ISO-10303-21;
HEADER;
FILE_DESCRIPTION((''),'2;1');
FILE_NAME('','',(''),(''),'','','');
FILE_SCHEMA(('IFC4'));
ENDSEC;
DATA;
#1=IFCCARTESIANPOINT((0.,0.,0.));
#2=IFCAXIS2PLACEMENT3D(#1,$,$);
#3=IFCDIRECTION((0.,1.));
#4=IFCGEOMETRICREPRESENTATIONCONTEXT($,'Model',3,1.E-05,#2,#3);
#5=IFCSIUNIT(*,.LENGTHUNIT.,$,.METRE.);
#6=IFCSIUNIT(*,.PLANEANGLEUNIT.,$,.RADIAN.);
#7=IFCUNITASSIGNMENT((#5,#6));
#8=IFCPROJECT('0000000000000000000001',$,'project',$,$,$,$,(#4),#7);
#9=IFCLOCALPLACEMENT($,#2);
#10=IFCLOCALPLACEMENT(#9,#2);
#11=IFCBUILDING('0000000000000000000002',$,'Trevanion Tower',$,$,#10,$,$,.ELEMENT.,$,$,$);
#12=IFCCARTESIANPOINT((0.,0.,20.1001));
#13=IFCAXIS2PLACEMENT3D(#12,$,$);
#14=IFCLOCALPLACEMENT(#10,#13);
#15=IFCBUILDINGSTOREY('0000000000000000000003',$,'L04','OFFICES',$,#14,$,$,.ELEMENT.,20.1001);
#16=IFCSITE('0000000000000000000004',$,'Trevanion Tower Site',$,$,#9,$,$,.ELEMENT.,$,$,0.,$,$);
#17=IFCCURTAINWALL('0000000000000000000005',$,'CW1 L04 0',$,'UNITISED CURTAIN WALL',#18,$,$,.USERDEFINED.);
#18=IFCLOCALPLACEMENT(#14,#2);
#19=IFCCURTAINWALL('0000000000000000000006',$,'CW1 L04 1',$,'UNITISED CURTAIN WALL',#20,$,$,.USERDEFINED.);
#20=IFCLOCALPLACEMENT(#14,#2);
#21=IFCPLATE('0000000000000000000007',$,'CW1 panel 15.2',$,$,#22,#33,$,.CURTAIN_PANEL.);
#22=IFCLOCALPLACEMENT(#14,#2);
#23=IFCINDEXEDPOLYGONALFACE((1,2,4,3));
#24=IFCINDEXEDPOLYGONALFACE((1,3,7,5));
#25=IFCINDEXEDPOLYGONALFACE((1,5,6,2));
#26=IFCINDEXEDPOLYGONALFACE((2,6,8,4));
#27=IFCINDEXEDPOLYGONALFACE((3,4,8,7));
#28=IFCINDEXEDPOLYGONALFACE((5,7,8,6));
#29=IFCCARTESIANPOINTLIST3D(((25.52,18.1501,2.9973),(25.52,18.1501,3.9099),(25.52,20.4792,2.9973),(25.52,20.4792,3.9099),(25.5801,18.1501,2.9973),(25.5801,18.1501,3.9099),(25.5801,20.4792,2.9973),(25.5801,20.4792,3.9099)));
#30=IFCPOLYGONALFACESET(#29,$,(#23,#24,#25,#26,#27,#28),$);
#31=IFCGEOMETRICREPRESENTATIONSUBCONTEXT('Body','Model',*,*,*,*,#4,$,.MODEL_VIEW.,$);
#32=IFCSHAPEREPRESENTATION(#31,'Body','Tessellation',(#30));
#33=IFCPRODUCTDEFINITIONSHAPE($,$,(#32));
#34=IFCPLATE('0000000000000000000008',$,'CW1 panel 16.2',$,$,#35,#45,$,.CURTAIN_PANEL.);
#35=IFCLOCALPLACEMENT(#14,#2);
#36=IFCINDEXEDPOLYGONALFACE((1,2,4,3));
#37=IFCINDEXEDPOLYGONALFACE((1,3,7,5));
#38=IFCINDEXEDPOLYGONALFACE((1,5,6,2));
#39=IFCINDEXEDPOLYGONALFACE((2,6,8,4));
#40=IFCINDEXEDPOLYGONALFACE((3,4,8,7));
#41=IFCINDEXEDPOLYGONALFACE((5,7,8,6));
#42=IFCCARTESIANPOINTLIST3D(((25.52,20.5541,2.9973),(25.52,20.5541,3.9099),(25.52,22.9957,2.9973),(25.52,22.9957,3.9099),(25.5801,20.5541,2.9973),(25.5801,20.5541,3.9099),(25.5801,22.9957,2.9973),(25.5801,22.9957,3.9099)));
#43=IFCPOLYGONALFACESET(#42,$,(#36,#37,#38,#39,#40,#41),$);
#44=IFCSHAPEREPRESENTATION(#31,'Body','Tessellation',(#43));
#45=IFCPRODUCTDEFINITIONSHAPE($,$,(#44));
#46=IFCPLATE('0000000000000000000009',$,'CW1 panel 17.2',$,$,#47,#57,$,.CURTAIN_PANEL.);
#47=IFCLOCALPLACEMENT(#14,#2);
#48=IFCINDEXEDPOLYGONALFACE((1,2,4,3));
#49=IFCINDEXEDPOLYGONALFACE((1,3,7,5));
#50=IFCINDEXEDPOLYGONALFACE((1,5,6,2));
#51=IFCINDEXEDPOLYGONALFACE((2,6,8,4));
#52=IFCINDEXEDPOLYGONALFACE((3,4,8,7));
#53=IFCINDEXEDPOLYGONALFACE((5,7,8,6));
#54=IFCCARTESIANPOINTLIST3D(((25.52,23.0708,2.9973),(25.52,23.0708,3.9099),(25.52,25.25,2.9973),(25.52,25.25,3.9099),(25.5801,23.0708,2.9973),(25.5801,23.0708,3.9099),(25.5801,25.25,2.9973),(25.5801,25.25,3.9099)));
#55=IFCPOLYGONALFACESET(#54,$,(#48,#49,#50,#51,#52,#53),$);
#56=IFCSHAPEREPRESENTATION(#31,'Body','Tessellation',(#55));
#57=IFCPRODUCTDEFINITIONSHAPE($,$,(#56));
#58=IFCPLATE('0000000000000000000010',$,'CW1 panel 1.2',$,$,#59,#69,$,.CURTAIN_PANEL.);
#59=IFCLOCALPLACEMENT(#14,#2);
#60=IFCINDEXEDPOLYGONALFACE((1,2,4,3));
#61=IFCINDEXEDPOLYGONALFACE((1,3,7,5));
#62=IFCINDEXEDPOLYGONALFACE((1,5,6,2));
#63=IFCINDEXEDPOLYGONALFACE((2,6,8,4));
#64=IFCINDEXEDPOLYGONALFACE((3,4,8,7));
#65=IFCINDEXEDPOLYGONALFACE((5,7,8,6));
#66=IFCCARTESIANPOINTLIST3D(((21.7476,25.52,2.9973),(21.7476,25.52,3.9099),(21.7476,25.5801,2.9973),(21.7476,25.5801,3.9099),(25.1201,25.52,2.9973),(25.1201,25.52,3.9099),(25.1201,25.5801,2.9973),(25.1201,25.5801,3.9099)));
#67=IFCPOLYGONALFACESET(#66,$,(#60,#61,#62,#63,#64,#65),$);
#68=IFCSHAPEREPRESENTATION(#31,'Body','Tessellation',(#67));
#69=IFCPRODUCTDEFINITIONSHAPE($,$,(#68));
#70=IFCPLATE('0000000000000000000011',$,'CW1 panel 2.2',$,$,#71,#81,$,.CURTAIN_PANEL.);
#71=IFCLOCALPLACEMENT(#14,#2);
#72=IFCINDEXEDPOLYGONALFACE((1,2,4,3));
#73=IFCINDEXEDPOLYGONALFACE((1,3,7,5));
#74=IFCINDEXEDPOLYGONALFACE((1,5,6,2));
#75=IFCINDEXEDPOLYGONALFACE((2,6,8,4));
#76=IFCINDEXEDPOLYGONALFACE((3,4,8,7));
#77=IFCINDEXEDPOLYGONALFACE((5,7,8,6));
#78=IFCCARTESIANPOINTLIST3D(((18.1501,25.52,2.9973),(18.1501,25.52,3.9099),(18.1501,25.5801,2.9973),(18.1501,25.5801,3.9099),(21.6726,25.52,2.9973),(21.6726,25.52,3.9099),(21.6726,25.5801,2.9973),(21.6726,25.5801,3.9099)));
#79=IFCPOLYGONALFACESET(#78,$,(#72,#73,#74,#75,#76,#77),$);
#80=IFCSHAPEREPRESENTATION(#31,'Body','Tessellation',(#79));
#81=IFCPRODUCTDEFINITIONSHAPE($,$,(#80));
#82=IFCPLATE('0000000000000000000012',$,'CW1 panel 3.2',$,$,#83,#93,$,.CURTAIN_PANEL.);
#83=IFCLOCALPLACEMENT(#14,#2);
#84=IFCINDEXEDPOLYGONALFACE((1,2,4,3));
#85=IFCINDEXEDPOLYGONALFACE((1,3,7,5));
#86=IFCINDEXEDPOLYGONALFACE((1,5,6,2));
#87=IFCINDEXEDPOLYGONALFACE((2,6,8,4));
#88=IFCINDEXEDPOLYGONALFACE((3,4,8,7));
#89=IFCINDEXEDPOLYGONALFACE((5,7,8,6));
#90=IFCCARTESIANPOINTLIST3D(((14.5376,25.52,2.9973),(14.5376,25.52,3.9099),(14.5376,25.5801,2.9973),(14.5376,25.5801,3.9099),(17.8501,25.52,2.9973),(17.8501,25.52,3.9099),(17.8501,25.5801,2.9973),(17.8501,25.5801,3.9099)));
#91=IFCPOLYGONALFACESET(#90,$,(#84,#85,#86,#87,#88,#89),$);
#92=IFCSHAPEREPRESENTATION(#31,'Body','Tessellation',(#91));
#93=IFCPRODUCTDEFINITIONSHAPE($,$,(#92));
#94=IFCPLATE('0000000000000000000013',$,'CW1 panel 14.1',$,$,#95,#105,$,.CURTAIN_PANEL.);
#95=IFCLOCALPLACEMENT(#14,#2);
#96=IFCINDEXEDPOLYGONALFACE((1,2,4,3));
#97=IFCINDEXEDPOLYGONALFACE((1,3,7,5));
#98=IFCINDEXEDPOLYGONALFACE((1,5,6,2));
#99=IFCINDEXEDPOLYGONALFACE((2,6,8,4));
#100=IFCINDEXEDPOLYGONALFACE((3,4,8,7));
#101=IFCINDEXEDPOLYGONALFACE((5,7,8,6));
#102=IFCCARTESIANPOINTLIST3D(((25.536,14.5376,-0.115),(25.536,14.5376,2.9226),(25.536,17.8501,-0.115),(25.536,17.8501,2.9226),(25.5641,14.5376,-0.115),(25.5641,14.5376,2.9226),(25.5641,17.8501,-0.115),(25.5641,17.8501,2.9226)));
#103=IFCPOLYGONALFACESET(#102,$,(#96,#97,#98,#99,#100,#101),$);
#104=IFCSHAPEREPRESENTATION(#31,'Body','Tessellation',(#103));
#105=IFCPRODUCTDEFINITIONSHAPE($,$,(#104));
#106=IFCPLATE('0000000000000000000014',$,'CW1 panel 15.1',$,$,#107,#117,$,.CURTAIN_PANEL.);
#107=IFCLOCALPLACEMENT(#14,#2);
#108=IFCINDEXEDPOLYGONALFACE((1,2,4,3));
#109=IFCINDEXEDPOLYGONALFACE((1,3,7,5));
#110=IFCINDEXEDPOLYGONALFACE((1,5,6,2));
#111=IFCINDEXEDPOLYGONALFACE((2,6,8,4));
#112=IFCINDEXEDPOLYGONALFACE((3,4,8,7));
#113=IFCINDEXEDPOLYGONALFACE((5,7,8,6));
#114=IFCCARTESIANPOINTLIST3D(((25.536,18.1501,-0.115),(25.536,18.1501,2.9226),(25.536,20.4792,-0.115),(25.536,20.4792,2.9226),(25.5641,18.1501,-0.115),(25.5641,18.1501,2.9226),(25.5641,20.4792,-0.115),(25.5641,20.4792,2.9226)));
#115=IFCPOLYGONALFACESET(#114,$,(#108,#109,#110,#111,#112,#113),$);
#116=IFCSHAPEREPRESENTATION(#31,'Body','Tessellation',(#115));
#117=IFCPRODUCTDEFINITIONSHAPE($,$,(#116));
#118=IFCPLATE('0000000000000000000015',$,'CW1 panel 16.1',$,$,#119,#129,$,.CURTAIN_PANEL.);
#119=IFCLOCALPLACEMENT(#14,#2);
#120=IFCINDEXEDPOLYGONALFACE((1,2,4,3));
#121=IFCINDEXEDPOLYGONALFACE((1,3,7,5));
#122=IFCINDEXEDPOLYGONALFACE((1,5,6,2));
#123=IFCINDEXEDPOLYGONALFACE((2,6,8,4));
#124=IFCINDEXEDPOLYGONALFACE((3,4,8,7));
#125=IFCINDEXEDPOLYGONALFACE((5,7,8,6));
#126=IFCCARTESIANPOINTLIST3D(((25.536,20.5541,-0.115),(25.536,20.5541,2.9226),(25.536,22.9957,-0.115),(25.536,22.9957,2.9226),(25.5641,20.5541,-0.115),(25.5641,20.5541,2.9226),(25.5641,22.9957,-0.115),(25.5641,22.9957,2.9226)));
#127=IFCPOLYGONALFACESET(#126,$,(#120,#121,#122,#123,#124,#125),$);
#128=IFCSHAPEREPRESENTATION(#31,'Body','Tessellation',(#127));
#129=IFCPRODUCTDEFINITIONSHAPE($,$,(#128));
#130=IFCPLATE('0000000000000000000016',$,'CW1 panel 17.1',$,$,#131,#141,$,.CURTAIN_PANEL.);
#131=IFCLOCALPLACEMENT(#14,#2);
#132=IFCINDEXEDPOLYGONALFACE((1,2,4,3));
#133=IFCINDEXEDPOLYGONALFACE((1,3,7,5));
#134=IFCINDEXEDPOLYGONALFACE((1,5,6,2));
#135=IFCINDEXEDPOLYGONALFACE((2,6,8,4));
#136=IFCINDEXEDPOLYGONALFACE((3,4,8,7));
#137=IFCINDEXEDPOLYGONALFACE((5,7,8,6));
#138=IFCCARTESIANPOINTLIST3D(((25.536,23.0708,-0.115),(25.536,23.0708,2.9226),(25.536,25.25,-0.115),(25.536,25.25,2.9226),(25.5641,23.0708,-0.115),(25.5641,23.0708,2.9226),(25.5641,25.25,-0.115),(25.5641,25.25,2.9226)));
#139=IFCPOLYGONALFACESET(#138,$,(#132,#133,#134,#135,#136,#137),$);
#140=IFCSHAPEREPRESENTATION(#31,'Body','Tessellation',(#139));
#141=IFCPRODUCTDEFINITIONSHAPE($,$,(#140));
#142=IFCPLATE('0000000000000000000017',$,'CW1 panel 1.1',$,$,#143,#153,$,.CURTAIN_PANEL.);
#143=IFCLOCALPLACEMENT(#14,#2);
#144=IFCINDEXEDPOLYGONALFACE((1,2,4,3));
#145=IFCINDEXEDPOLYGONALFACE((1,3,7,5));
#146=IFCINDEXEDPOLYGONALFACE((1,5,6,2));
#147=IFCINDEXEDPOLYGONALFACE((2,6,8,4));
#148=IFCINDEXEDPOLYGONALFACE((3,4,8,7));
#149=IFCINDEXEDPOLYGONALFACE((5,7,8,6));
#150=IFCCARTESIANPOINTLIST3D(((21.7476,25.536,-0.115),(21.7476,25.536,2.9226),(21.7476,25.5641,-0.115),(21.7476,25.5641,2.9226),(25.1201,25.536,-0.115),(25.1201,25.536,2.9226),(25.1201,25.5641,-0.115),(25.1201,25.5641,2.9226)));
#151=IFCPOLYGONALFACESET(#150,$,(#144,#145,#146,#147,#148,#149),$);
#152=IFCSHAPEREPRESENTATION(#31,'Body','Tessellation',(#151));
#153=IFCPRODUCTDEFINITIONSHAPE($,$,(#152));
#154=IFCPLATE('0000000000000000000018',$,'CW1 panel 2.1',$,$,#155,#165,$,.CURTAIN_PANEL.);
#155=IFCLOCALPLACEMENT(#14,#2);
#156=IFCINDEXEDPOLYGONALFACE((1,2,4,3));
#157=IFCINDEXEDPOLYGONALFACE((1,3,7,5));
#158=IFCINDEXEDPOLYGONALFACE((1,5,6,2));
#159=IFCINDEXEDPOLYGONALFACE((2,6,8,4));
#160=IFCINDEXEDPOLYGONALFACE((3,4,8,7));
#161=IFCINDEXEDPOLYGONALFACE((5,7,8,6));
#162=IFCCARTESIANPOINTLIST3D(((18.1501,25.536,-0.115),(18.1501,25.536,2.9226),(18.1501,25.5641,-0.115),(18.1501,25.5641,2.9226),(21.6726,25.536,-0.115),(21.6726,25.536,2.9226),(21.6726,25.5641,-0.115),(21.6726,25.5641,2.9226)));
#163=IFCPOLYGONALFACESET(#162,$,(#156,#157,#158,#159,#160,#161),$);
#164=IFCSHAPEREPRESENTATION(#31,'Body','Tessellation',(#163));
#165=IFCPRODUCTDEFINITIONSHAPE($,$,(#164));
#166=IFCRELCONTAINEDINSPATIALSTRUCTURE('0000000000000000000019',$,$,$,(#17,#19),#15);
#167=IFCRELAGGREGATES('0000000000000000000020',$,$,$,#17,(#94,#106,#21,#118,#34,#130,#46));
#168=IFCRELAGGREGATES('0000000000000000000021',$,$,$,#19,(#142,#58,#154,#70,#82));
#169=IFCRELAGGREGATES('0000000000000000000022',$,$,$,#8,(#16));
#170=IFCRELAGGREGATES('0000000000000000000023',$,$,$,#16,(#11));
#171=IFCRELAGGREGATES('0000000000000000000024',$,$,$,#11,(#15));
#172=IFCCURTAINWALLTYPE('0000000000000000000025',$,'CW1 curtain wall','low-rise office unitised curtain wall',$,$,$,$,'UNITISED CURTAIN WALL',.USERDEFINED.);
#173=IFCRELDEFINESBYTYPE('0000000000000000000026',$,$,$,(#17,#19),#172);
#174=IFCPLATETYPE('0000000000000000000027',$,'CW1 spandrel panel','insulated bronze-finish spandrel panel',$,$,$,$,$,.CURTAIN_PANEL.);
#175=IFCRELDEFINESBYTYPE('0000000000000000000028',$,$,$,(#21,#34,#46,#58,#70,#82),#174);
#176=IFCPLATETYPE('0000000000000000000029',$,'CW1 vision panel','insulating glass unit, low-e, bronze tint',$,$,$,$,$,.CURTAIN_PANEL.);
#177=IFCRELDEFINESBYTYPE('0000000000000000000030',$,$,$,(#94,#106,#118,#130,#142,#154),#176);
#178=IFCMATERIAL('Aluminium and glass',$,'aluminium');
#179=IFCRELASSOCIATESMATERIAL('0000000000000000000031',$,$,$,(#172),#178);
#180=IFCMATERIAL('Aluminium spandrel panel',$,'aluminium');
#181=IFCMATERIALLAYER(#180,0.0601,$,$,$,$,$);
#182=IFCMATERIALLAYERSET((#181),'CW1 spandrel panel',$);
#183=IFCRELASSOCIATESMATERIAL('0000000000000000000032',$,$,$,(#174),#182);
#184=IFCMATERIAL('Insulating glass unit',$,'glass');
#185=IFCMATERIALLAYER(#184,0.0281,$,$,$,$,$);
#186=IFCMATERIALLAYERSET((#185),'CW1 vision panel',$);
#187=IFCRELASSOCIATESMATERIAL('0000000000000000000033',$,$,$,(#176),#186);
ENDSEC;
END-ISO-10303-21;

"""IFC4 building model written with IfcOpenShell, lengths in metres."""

from ifc_helpers import new_model, si_unit, direction, frame, origin, origin_2d, place, context, subcontext, project, spatial, rectangle, extrude, material, layer, layer_set, type_object, element, aggregate, save


model = new_model("IFC4")

# Units and contexts
model_context = context("Model", 3, precision=1e-05, world=origin(), true_north=direction((0.0, 1.0)))
body_context = subcontext(model_context, "Body", "Model", "MODEL_VIEW")
ifc_project = project(units=[si_unit("LENGTHUNIT", "METRE"), si_unit("PLANEANGLEUNIT", "RADIAN")], contexts=[model_context])

# Site, building, storey
site_placement = place(None, origin())
site = spatial("IfcSite", under=ifc_project, at=site_placement, Name="Trevanion Tower Site", CompositionType="ELEMENT", RefElevation=0.0)
building_placement = place(site_placement, origin())
building = spatial("IfcBuilding", under=site, at=building_placement, Name="Trevanion Tower", CompositionType="ELEMENT")
storey_placement = place(building_placement, frame((0.0, 0.0, 20.1001)))
storey = spatial("IfcBuildingStorey", under=building, at=storey_placement, Name="L04", Description="OFFICES", CompositionType="ELEMENT", Elevation=20.1001)

# Curtain wall
ifc_material_1 = material(Name="Aluminium and glass", Category="aluminium")
curtain_wall_type = type_object("IfcCurtainWallType", Name="CW1 curtain wall", Description="low-rise office unitised curtain wall", ElementType="UNITISED CURTAIN WALL", PredefinedType="USERDEFINED", material=ifc_material_1)
curtain_wall_1_placement = place(storey_placement, origin())
curtain_wall_1 = element("IfcCurtainWall", 1, at=curtain_wall_1_placement, inside=storey, type_object=curtain_wall_type, Name="CW1 L04 0", ObjectType="UNITISED CURTAIN WALL", PredefinedType="USERDEFINED")

# Curtain wall
curtain_wall_2_placement = place(storey_placement, origin())
curtain_wall_2 = element("IfcCurtainWall", 2, at=curtain_wall_2_placement, inside=storey, type_object=curtain_wall_type, Name="CW1 L04 1", ObjectType="UNITISED CURTAIN WALL", PredefinedType="USERDEFINED")

# Plates
ifc_material_2 = material(Name="Aluminium spandrel panel", Category="aluminium")
ifc_layer_1 = layer(ifc_material_2, 0.0601)
ifc_layer_set_1 = layer_set([ifc_layer_1], Name="CW1 spandrel panel")
plate_type_1 = type_object("IfcPlateType", Name="CW1 spandrel panel", Description="insulated bronze-finish spandrel panel", PredefinedType="CURTAIN_PANEL", material=ifc_layer_set_1)
plate_1_placement = place(storey_placement, frame((25.55, 19.3147, 2.9973), z_axis=(0.0, 0.0, 1.0), x_axis=(0.0, 1.0, 0.0)))
plate_1 = element("IfcPlate", 3, at=plate_1_placement, type_object=plate_type_1, Name="CW1 panel 15.2", PredefinedType="CURTAIN_PANEL", context=body_context, shape_type="SweptSolid", body=[
    extrude(rectangle(XDim=2.3291, YDim=0.0601, at=origin_2d()), origin(), (0.0, 0.0, 1.0), 0.9126),
])
plate_2_placement = place(storey_placement, frame((25.55, 21.7749, 2.9973), z_axis=(0.0, 0.0, 1.0), x_axis=(0.0, 1.0, 0.0)))
plate_2 = element("IfcPlate", 4, at=plate_2_placement, type_object=plate_type_1, Name="CW1 panel 16.2", PredefinedType="CURTAIN_PANEL", context=body_context, shape_type="SweptSolid", body=[
    extrude(rectangle(XDim=2.4417, YDim=0.0601, at=origin_2d()), origin(), (0.0, 0.0, 1.0), 0.9126),
])
plate_3_placement = place(storey_placement, frame((25.55, 24.1604, 2.9973), z_axis=(0.0, 0.0, 1.0), x_axis=(0.0, 1.0, 0.0)))
plate_3 = element("IfcPlate", 5, at=plate_3_placement, type_object=plate_type_1, Name="CW1 panel 17.2", PredefinedType="CURTAIN_PANEL", context=body_context, shape_type="SweptSolid", body=[
    extrude(rectangle(XDim=2.1792, YDim=0.0601, at=origin_2d()), origin(), (0.0, 0.0, 1.0), 0.9126),
])
plate_4_placement = place(storey_placement, frame((23.4338, 25.55, 2.9973), z_axis=(0.0, 0.0, 1.0), x_axis=(-1.0, 0.0, 0.0)))
plate_4 = element("IfcPlate", 6, at=plate_4_placement, type_object=plate_type_1, Name="CW1 panel 1.2", PredefinedType="CURTAIN_PANEL", context=body_context, shape_type="SweptSolid", body=[
    extrude(rectangle(XDim=3.3726, YDim=0.0601, at=origin_2d()), origin(), (0.0, 0.0, 1.0), 0.9126),
])
plate_5_placement = place(storey_placement, frame((19.9114, 25.55, 2.9973), z_axis=(0.0, 0.0, 1.0), x_axis=(-1.0, 0.0, 0.0)))
plate_5 = element("IfcPlate", 7, at=plate_5_placement, type_object=plate_type_1, Name="CW1 panel 2.2", PredefinedType="CURTAIN_PANEL", context=body_context, shape_type="SweptSolid", body=[
    extrude(rectangle(XDim=3.5225, YDim=0.0601, at=origin_2d()), origin(), (0.0, 0.0, 1.0), 0.9126),
])
plate_6_placement = place(storey_placement, frame((16.1938, 25.55, 2.9973), z_axis=(0.0, 0.0, 1.0), x_axis=(-1.0, 0.0, 0.0)))
plate_6 = element("IfcPlate", 8, at=plate_6_placement, type_object=plate_type_1, Name="CW1 panel 3.2", PredefinedType="CURTAIN_PANEL", context=body_context, shape_type="SweptSolid", body=[
    extrude(rectangle(XDim=3.3125, YDim=0.0601, at=origin_2d()), origin(), (0.0, 0.0, 1.0), 0.9126),
])
ifc_material_3 = material(Name="Insulating glass unit", Category="glass")
ifc_layer_2 = layer(ifc_material_3, 0.0281)
ifc_layer_set_2 = layer_set([ifc_layer_2], Name="CW1 vision panel")
plate_type_2 = type_object("IfcPlateType", Name="CW1 vision panel", Description="insulating glass unit, low-e, bronze tint", PredefinedType="CURTAIN_PANEL", material=ifc_layer_set_2)
plate_7_placement = place(storey_placement, frame((25.55, 16.1938, -0.115), z_axis=(0.0, 0.0, 1.0), x_axis=(0.0, 1.0, 0.0)))
plate_7 = element("IfcPlate", 9, at=plate_7_placement, type_object=plate_type_2, Name="CW1 panel 14.1", PredefinedType="CURTAIN_PANEL", context=body_context, shape_type="SweptSolid", body=[
    extrude(rectangle(XDim=3.3125, YDim=0.0281, at=origin_2d()), origin(), (0.0, 0.0, 1.0), 3.0376),
])
plate_8_placement = place(storey_placement, frame((25.55, 19.3147, -0.115), z_axis=(0.0, 0.0, 1.0), x_axis=(0.0, 1.0, 0.0)))
plate_8 = element("IfcPlate", 10, at=plate_8_placement, type_object=plate_type_2, Name="CW1 panel 15.1", PredefinedType="CURTAIN_PANEL", context=body_context, shape_type="SweptSolid", body=[
    extrude(rectangle(XDim=2.3291, YDim=0.0281, at=origin_2d()), origin(), (0.0, 0.0, 1.0), 3.0376),
])
plate_9_placement = place(storey_placement, frame((25.55, 21.7749, -0.115), z_axis=(0.0, 0.0, 1.0), x_axis=(0.0, 1.0, 0.0)))
plate_9 = element("IfcPlate", 11, at=plate_9_placement, type_object=plate_type_2, Name="CW1 panel 16.1", PredefinedType="CURTAIN_PANEL", context=body_context, shape_type="SweptSolid", body=[
    extrude(rectangle(XDim=2.4417, YDim=0.0281, at=origin_2d()), origin(), (0.0, 0.0, 1.0), 3.0376),
])
plate_10_placement = place(storey_placement, frame((25.55, 24.1604, -0.115), z_axis=(0.0, 0.0, 1.0), x_axis=(0.0, 1.0, 0.0)))
plate_10 = element("IfcPlate", 12, at=plate_10_placement, type_object=plate_type_2, Name="CW1 panel 17.1", PredefinedType="CURTAIN_PANEL", context=body_context, shape_type="SweptSolid", body=[
    extrude(rectangle(XDim=2.1792, YDim=0.0281, at=origin_2d()), origin(), (0.0, 0.0, 1.0), 3.0376),
])
aggregate(curtain_wall_1, [plate_7, plate_8, plate_1, plate_9, plate_2, plate_10, plate_3])
plate_11_placement = place(storey_placement, frame((23.4338, 25.55, -0.115), z_axis=(0.0, 0.0, 1.0), x_axis=(-1.0, 0.0, 0.0)))
plate_11 = element("IfcPlate", 13, at=plate_11_placement, type_object=plate_type_2, Name="CW1 panel 1.1", PredefinedType="CURTAIN_PANEL", context=body_context, shape_type="SweptSolid", body=[
    extrude(rectangle(XDim=3.3726, YDim=0.0281, at=origin_2d()), origin(), (0.0, 0.0, 1.0), 3.0376),
])
plate_12_placement = place(storey_placement, frame((19.9114, 25.55, -0.115), z_axis=(0.0, 0.0, 1.0), x_axis=(-1.0, 0.0, 0.0)))
plate_12 = element("IfcPlate", 14, at=plate_12_placement, type_object=plate_type_2, Name="CW1 panel 2.1", PredefinedType="CURTAIN_PANEL", context=body_context, shape_type="SweptSolid", body=[
    extrude(rectangle(XDim=3.5225, YDim=0.0281, at=origin_2d()), origin(), (0.0, 0.0, 1.0), 3.0376),
])
aggregate(curtain_wall_2, [plate_11, plate_4, plate_12, plate_5, plate_6])

save(model, "model.ifc")
